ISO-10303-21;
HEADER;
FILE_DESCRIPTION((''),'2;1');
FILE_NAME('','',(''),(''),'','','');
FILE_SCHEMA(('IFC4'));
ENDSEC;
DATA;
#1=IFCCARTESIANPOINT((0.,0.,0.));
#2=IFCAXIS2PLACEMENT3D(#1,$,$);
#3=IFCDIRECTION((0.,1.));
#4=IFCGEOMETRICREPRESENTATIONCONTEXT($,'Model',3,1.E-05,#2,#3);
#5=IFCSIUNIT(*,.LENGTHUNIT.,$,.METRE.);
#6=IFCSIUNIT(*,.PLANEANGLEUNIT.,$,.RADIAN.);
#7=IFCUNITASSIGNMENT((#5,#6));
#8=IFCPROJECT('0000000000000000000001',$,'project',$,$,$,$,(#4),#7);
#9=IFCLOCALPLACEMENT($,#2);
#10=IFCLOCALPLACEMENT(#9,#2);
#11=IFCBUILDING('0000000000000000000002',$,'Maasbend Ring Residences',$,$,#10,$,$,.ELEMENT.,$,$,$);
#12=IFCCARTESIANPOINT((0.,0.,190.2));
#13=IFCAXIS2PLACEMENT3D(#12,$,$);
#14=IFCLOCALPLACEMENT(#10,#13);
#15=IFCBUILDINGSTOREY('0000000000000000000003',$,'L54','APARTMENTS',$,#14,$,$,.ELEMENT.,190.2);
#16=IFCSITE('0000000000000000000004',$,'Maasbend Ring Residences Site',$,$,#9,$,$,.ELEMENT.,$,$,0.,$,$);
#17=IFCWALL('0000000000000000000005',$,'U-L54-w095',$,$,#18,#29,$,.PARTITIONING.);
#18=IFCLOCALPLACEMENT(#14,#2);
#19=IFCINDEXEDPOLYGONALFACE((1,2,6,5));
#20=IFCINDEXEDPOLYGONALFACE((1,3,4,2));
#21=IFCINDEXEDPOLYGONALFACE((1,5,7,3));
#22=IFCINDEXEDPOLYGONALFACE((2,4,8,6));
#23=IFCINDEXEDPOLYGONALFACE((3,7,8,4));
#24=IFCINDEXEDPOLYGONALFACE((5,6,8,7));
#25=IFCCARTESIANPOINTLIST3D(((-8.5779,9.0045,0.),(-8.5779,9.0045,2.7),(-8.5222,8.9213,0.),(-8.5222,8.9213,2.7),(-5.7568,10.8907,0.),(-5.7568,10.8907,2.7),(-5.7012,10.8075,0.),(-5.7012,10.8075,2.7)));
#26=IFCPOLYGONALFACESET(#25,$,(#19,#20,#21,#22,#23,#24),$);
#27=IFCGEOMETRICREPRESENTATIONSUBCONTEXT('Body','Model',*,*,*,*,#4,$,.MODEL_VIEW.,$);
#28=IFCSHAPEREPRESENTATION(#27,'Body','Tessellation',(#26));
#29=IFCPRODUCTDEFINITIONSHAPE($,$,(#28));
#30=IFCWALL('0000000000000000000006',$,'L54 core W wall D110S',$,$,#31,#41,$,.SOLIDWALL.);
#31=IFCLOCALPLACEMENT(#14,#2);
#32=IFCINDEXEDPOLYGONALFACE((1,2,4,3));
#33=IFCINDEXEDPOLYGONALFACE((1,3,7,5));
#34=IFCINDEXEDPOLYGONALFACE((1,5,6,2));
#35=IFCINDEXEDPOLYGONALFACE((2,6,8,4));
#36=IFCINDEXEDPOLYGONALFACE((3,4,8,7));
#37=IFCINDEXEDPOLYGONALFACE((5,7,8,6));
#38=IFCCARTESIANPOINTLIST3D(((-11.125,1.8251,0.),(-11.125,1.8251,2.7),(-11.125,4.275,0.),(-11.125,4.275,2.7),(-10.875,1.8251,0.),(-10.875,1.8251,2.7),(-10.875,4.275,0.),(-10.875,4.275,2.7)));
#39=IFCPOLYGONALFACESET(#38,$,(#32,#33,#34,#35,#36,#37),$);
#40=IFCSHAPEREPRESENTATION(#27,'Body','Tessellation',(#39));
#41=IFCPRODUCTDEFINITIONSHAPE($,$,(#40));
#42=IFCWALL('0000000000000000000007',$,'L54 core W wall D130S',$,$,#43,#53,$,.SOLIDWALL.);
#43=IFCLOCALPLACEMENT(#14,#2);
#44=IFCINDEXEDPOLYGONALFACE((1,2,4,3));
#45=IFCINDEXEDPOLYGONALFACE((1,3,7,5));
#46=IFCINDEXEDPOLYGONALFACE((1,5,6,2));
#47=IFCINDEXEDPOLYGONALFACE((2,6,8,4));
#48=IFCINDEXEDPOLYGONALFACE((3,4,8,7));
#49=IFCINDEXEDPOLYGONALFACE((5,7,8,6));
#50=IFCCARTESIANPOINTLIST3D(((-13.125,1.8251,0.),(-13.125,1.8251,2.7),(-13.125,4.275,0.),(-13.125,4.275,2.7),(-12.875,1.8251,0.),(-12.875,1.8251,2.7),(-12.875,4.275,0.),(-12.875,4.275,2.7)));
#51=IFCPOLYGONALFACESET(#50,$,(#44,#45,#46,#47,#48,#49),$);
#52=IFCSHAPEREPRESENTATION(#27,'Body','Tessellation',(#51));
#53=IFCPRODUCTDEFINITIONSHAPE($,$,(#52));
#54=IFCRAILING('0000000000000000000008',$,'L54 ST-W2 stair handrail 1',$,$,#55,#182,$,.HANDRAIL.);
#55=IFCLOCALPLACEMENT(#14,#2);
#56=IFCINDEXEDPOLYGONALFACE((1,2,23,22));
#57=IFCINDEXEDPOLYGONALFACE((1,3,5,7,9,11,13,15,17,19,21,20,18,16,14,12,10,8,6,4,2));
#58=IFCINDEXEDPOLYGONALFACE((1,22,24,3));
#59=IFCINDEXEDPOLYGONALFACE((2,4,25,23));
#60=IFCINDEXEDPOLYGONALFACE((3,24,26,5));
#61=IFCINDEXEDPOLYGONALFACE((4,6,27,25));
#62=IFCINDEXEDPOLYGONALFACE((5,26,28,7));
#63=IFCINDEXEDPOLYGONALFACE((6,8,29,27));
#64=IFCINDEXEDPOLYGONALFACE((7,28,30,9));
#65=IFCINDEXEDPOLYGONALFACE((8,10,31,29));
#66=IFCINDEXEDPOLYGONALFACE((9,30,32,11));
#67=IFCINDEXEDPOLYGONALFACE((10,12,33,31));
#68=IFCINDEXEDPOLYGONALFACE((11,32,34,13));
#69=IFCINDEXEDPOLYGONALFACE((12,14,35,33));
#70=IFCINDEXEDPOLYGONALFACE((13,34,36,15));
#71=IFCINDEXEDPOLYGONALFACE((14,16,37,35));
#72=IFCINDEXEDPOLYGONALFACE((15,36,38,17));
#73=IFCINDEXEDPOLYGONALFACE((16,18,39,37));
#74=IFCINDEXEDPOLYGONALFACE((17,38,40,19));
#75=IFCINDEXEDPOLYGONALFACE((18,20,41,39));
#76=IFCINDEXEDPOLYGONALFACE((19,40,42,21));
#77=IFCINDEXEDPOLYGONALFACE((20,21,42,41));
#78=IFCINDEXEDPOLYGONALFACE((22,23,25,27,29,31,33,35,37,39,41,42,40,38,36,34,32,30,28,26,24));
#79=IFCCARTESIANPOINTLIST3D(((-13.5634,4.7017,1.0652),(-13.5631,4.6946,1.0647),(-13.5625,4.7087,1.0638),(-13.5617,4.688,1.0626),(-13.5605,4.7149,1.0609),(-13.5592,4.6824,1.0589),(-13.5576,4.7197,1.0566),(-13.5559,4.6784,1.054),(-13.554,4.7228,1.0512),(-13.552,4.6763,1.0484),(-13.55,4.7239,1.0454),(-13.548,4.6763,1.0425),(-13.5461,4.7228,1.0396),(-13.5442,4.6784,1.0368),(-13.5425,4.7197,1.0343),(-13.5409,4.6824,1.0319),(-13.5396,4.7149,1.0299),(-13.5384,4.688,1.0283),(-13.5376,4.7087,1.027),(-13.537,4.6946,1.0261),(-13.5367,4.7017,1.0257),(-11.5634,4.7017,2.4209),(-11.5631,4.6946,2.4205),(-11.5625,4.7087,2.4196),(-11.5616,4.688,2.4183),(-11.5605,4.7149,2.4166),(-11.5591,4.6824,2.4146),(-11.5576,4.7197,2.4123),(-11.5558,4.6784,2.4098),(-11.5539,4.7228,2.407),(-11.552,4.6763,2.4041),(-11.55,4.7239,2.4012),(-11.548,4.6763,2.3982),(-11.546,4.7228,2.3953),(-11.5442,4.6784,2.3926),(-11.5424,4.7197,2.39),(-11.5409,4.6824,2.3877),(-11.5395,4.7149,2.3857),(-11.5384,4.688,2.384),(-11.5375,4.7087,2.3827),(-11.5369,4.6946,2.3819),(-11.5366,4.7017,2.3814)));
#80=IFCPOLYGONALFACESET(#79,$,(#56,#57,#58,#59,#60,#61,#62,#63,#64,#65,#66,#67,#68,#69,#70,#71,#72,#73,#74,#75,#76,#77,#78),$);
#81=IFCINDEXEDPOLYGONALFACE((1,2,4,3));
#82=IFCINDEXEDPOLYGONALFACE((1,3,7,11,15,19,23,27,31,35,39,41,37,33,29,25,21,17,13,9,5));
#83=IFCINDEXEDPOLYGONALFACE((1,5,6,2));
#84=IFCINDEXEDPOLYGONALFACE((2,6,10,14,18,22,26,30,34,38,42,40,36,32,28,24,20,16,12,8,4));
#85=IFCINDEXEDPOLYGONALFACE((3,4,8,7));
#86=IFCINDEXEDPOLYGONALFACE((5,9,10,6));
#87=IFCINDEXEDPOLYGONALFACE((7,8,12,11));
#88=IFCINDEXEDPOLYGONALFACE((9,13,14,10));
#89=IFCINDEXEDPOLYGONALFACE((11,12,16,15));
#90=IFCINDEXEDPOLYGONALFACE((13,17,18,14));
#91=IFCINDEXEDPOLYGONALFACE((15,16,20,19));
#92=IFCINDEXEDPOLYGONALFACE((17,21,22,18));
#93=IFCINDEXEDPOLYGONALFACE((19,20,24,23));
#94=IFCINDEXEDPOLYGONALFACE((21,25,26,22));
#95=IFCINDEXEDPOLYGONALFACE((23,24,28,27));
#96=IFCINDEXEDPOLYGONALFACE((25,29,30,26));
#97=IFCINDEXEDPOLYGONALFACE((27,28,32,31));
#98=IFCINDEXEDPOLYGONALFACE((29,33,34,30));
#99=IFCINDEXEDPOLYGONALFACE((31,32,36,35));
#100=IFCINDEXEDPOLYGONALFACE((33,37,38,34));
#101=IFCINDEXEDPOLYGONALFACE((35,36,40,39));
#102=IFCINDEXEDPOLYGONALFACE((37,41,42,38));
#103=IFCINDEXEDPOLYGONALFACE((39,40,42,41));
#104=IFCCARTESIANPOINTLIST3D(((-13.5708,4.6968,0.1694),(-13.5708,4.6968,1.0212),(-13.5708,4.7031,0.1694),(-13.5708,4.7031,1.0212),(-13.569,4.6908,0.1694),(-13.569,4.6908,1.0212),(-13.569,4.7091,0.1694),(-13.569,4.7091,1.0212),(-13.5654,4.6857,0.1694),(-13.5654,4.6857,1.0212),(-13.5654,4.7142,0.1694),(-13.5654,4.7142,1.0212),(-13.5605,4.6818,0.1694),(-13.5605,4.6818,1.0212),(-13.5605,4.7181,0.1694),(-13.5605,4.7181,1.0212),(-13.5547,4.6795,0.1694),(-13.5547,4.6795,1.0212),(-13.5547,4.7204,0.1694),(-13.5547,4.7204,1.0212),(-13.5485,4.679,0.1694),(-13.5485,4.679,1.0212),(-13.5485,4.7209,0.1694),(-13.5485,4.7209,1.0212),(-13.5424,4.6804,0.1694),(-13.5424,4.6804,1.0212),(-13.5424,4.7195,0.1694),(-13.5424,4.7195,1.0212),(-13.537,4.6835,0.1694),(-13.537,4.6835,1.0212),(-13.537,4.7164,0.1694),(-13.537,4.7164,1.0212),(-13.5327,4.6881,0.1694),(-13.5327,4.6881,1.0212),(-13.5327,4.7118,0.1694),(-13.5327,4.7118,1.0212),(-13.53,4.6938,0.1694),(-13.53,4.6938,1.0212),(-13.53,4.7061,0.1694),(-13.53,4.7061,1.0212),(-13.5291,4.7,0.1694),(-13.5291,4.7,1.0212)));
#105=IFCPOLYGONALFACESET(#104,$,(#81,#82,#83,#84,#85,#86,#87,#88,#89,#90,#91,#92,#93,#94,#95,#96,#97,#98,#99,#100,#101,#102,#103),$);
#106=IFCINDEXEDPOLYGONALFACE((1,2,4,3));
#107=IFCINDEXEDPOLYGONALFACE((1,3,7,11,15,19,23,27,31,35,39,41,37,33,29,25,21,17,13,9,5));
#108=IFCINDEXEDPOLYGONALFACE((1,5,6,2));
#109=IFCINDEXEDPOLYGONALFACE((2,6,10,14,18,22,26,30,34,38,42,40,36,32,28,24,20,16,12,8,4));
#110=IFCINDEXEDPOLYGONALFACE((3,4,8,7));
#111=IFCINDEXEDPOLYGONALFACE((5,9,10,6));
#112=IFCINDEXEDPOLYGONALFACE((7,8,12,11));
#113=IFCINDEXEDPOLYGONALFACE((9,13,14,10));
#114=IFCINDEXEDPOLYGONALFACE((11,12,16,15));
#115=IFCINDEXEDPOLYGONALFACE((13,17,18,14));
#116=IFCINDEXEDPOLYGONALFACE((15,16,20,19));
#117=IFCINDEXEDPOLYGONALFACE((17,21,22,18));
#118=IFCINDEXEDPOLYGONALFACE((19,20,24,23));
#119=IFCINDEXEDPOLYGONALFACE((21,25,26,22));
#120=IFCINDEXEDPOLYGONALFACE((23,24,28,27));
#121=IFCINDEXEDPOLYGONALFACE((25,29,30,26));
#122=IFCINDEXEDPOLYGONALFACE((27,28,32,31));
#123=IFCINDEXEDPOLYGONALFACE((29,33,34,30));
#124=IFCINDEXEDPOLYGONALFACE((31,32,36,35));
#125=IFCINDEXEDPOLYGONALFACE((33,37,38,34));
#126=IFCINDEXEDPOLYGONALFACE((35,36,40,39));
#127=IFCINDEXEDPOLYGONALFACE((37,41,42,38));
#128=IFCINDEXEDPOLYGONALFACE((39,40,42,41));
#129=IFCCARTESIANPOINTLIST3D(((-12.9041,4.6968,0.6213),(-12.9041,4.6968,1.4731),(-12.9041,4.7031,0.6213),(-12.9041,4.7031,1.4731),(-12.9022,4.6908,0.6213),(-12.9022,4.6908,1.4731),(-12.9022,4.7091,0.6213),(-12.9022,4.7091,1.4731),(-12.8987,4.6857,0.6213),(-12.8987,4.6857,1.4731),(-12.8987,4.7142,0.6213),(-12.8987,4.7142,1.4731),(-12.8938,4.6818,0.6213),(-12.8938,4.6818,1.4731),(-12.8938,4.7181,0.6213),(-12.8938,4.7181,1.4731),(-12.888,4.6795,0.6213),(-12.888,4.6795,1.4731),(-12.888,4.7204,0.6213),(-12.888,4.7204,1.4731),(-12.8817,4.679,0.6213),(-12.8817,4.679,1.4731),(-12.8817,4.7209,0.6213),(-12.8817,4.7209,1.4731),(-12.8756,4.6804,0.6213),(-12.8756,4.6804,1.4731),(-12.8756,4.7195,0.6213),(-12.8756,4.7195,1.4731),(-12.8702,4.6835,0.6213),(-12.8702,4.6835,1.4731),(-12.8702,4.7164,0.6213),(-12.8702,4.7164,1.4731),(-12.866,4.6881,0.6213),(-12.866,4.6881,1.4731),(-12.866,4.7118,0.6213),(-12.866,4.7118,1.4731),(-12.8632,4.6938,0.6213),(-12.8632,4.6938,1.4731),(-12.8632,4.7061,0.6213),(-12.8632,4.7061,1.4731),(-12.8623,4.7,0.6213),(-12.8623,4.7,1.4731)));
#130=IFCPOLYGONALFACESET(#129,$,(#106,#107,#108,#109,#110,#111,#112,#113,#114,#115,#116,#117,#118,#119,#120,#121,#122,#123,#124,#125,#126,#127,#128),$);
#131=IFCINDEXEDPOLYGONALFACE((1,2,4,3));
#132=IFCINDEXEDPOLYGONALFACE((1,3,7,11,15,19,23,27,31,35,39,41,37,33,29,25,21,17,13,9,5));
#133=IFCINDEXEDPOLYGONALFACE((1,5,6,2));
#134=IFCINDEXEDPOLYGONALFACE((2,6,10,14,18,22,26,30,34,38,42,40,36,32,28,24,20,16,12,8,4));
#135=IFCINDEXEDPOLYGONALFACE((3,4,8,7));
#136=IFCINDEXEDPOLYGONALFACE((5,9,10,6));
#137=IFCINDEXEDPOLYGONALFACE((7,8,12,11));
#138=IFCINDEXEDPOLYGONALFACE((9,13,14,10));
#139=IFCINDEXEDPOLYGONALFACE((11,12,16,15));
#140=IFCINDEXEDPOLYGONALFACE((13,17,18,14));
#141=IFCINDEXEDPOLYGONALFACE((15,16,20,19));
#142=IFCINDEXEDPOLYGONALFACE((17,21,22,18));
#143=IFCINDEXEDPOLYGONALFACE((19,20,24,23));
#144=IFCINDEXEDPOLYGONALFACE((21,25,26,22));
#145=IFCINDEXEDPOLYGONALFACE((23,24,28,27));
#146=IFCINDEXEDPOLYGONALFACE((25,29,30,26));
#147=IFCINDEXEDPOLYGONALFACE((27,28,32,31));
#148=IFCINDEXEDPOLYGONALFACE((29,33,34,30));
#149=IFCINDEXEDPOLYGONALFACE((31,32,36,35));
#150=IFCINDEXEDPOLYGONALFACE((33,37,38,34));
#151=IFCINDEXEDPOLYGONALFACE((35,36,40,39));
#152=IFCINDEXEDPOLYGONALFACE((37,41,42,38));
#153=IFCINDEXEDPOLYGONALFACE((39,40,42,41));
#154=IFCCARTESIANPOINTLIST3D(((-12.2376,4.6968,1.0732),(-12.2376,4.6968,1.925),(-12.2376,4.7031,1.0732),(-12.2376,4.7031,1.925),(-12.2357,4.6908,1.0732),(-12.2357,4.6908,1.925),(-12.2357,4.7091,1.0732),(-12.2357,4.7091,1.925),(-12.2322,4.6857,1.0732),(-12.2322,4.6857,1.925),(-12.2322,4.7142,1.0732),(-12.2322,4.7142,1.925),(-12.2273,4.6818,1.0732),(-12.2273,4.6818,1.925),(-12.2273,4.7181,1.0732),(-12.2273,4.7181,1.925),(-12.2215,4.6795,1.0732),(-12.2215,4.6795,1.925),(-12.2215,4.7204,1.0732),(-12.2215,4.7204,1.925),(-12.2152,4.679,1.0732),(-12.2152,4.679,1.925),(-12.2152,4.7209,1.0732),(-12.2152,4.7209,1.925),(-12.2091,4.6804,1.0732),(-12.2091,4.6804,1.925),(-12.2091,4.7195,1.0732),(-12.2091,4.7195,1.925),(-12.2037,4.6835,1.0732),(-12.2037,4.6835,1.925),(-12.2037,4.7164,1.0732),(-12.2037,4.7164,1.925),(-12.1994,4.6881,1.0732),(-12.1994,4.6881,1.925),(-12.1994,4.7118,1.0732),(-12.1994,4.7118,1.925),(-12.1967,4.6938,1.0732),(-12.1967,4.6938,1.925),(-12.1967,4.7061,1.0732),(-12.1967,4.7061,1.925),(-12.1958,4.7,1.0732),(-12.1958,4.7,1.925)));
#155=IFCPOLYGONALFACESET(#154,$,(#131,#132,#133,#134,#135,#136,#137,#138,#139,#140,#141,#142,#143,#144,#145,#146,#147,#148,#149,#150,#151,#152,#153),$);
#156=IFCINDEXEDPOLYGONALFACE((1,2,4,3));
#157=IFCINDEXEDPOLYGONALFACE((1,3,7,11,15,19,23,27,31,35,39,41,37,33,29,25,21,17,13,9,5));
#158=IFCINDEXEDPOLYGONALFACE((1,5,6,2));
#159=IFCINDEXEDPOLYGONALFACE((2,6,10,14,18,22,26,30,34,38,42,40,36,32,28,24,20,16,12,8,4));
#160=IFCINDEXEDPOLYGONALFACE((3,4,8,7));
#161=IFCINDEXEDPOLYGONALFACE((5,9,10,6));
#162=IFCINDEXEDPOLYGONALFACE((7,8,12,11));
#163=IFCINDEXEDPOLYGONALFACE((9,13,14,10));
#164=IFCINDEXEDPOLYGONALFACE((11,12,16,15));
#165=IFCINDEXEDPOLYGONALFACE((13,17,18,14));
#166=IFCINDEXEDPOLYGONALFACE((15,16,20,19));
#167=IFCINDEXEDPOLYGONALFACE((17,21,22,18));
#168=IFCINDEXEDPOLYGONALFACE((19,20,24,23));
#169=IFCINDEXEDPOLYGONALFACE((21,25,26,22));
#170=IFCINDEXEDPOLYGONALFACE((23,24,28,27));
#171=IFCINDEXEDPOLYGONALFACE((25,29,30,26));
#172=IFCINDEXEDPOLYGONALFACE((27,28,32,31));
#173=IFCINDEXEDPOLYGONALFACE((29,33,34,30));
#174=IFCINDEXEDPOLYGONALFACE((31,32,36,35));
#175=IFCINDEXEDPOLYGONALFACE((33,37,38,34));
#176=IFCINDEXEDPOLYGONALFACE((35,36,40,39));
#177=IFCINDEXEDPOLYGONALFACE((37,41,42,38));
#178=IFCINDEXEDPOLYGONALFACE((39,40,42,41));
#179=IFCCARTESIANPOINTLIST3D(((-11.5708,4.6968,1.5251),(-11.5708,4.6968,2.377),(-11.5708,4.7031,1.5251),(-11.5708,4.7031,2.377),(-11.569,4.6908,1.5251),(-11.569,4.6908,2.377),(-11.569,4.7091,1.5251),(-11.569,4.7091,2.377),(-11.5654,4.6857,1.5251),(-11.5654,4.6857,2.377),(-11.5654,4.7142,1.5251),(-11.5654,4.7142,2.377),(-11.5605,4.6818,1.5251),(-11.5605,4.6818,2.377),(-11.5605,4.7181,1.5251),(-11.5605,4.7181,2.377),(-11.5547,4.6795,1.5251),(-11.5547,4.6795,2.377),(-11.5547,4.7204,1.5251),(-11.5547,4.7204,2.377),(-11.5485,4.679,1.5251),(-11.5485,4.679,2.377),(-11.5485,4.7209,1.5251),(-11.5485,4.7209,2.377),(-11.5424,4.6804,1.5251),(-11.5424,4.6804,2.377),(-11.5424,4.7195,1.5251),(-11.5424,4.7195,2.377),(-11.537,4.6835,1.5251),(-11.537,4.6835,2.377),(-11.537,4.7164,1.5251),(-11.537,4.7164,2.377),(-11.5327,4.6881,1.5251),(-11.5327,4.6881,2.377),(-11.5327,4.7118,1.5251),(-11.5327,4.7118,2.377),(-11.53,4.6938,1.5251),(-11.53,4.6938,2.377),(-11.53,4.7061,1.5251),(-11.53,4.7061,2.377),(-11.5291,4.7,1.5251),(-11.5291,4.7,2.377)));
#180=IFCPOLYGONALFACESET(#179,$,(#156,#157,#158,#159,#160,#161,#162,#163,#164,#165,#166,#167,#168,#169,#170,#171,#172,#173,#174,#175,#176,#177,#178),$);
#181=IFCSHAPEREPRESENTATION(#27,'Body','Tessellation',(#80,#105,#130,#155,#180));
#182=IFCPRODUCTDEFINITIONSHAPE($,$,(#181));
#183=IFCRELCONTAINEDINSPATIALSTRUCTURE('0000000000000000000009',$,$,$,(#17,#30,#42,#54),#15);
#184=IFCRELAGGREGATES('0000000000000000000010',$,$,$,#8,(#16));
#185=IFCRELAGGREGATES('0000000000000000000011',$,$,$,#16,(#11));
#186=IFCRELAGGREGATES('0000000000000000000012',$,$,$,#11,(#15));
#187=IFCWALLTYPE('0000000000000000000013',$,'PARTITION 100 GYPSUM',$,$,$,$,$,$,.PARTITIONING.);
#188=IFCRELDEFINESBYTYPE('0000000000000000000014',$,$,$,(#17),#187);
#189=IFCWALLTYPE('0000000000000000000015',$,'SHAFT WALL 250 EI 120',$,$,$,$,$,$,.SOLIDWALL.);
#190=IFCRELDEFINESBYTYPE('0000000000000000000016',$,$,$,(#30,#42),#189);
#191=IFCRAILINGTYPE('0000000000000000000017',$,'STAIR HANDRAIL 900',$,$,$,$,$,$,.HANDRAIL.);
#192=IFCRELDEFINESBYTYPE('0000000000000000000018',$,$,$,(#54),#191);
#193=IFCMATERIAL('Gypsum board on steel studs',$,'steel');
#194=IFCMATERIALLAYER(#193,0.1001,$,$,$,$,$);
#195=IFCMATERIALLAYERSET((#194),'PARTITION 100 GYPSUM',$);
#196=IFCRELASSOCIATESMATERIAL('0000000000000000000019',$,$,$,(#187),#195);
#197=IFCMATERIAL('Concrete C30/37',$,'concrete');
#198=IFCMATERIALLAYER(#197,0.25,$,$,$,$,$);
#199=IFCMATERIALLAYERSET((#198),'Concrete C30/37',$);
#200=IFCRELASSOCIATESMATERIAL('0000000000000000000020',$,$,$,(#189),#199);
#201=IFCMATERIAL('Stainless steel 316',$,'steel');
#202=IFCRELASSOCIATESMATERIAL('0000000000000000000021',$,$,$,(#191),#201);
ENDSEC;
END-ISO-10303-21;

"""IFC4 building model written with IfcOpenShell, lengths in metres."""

from ifc_helpers import new_model, si_unit, direction, frame, frame_2d, origin, origin_2d, place, context, subcontext, project, spatial, rectangle, circle, extrude, material, layer, layer_set, type_object, element, save


model = new_model("IFC4")

# Units and contexts
model_context = context("Model", 3, precision=1e-05, world=origin(), true_north=direction((0.0, 1.0)))
body_context = subcontext(model_context, "Body", "Model", "MODEL_VIEW")
ifc_project = project(units=[si_unit("LENGTHUNIT", "METRE"), si_unit("PLANEANGLEUNIT", "RADIAN")], contexts=[model_context])

# Site, building, storey
site_placement = place(None, origin())
site = spatial("IfcSite", under=ifc_project, at=site_placement, Name="Maasbend Ring Residences Site", CompositionType="ELEMENT", RefElevation=0.0)
building_placement = place(site_placement, origin())
building = spatial("IfcBuilding", under=site, at=building_placement, Name="Maasbend Ring Residences", CompositionType="ELEMENT")
storey_placement = place(building_placement, frame((0.0, 0.0, 190.2)))
storey = spatial("IfcBuildingStorey", under=building, at=storey_placement, Name="L54", Description="APARTMENTS", CompositionType="ELEMENT", Elevation=190.2)

# Walls
ifc_material_1 = material(Name="Gypsum board on steel studs", Category="steel")
ifc_layer_1 = layer(ifc_material_1, 0.1001)
ifc_layer_set_1 = layer_set([ifc_layer_1], Name="PARTITION 100 GYPSUM")
wall_type_1 = type_object("IfcWallType", Name="PARTITION 100 GYPSUM", PredefinedType="PARTITIONING", material=ifc_layer_set_1)
wall_1_placement = place(storey_placement, frame((-8.55, 8.9629, 0.0), z_axis=(0.0, 0.0, 1.0), x_axis=(0.831297, 0.555829, 0.0)))
element("IfcWall", 1, at=wall_1_placement, inside=storey, type_object=wall_type_1, Name="U-L54-w095", PredefinedType="PARTITIONING", context=body_context, shape_type="SweptSolid", body=[
    extrude(rectangle(XDim=3.3936, YDim=0.1001, at=frame_2d((1.6968, 0.0))), origin(), (0.0, 0.0, 1.0), 2.7),
])
ifc_material_2 = material(Name="Concrete C30/37", Category="concrete")
ifc_layer_2 = layer(ifc_material_2, 0.25)
ifc_layer_set_2 = layer_set([ifc_layer_2], Name="Concrete C30/37")
wall_type_2 = type_object("IfcWallType", Name="SHAFT WALL 250 EI 120", PredefinedType="SOLIDWALL", material=ifc_layer_set_2)
for number, where, z_axis, x_axis, name in (
    (2, (-11.0, 1.825, 0.0), (0.0, 0.0, 1.0), (0.0, 1.0, 0.0), "L54 core W wall D110S"),
    (3, (-13.0, 1.825, 0.0), (0.0, 0.0, 1.0), (0.0, 1.0, 0.0), "L54 core W wall D130S"),
):
    element("IfcWall", number, at=place(storey_placement, frame(where, z_axis=z_axis, x_axis=x_axis)), inside=storey, type_object=wall_type_2, Name=name, PredefinedType="SOLIDWALL", context=body_context, shape_type="SweptSolid", body=[
        extrude(rectangle(XDim=2.45, YDim=0.25, at=frame_2d((1.2251, 0.0))), origin(), (0.0, 0.0, 1.0), 2.7),
    ])

# Railing
ifc_material_3 = material(Name="Stainless steel 316", Category="steel")
railing_type_1 = type_object("IfcRailingType", Name="STAIR HANDRAIL 900", PredefinedType="HANDRAIL", material=ifc_material_3)
railing_1_placement = place(storey_placement, frame((-13.55, 4.7, 0.1694)))
element("IfcRailing", 4, at=railing_1_placement, inside=storey, type_object=railing_type_1, Name="L54 ST-W2 stair handrail 1", PredefinedType="HANDRAIL", context=body_context, shape_type="SweptSolid", body=[
    extrude(circle(Radius=0.0239, at=origin_2d()), frame((0.0, 0.0, 0.876), z_axis=(0.827751, 0.0, 0.561096), x_axis=(0.0, 1.0, 0.0)), (0.0, 0.0, 1.0), 2.4163),
    extrude(circle(Radius=0.021, at=origin_2d()), origin(), (0.0, 0.0, 1.0), 0.8518),
    extrude(circle(Radius=0.021, at=origin_2d()), frame((0.6667, 0.0, 0.4519)), (0.0, 0.0, 1.0), 0.8518),
    extrude(circle(Radius=0.021, at=origin_2d()), frame((1.3333, 0.0, 0.9038)), (0.0, 0.0, 1.0), 0.8518),
    extrude(circle(Radius=0.021, at=origin_2d()), frame((2.0, 0.0, 1.3557)), (0.0, 0.0, 1.0), 0.8518),
])

save(model, "model.ifc")
